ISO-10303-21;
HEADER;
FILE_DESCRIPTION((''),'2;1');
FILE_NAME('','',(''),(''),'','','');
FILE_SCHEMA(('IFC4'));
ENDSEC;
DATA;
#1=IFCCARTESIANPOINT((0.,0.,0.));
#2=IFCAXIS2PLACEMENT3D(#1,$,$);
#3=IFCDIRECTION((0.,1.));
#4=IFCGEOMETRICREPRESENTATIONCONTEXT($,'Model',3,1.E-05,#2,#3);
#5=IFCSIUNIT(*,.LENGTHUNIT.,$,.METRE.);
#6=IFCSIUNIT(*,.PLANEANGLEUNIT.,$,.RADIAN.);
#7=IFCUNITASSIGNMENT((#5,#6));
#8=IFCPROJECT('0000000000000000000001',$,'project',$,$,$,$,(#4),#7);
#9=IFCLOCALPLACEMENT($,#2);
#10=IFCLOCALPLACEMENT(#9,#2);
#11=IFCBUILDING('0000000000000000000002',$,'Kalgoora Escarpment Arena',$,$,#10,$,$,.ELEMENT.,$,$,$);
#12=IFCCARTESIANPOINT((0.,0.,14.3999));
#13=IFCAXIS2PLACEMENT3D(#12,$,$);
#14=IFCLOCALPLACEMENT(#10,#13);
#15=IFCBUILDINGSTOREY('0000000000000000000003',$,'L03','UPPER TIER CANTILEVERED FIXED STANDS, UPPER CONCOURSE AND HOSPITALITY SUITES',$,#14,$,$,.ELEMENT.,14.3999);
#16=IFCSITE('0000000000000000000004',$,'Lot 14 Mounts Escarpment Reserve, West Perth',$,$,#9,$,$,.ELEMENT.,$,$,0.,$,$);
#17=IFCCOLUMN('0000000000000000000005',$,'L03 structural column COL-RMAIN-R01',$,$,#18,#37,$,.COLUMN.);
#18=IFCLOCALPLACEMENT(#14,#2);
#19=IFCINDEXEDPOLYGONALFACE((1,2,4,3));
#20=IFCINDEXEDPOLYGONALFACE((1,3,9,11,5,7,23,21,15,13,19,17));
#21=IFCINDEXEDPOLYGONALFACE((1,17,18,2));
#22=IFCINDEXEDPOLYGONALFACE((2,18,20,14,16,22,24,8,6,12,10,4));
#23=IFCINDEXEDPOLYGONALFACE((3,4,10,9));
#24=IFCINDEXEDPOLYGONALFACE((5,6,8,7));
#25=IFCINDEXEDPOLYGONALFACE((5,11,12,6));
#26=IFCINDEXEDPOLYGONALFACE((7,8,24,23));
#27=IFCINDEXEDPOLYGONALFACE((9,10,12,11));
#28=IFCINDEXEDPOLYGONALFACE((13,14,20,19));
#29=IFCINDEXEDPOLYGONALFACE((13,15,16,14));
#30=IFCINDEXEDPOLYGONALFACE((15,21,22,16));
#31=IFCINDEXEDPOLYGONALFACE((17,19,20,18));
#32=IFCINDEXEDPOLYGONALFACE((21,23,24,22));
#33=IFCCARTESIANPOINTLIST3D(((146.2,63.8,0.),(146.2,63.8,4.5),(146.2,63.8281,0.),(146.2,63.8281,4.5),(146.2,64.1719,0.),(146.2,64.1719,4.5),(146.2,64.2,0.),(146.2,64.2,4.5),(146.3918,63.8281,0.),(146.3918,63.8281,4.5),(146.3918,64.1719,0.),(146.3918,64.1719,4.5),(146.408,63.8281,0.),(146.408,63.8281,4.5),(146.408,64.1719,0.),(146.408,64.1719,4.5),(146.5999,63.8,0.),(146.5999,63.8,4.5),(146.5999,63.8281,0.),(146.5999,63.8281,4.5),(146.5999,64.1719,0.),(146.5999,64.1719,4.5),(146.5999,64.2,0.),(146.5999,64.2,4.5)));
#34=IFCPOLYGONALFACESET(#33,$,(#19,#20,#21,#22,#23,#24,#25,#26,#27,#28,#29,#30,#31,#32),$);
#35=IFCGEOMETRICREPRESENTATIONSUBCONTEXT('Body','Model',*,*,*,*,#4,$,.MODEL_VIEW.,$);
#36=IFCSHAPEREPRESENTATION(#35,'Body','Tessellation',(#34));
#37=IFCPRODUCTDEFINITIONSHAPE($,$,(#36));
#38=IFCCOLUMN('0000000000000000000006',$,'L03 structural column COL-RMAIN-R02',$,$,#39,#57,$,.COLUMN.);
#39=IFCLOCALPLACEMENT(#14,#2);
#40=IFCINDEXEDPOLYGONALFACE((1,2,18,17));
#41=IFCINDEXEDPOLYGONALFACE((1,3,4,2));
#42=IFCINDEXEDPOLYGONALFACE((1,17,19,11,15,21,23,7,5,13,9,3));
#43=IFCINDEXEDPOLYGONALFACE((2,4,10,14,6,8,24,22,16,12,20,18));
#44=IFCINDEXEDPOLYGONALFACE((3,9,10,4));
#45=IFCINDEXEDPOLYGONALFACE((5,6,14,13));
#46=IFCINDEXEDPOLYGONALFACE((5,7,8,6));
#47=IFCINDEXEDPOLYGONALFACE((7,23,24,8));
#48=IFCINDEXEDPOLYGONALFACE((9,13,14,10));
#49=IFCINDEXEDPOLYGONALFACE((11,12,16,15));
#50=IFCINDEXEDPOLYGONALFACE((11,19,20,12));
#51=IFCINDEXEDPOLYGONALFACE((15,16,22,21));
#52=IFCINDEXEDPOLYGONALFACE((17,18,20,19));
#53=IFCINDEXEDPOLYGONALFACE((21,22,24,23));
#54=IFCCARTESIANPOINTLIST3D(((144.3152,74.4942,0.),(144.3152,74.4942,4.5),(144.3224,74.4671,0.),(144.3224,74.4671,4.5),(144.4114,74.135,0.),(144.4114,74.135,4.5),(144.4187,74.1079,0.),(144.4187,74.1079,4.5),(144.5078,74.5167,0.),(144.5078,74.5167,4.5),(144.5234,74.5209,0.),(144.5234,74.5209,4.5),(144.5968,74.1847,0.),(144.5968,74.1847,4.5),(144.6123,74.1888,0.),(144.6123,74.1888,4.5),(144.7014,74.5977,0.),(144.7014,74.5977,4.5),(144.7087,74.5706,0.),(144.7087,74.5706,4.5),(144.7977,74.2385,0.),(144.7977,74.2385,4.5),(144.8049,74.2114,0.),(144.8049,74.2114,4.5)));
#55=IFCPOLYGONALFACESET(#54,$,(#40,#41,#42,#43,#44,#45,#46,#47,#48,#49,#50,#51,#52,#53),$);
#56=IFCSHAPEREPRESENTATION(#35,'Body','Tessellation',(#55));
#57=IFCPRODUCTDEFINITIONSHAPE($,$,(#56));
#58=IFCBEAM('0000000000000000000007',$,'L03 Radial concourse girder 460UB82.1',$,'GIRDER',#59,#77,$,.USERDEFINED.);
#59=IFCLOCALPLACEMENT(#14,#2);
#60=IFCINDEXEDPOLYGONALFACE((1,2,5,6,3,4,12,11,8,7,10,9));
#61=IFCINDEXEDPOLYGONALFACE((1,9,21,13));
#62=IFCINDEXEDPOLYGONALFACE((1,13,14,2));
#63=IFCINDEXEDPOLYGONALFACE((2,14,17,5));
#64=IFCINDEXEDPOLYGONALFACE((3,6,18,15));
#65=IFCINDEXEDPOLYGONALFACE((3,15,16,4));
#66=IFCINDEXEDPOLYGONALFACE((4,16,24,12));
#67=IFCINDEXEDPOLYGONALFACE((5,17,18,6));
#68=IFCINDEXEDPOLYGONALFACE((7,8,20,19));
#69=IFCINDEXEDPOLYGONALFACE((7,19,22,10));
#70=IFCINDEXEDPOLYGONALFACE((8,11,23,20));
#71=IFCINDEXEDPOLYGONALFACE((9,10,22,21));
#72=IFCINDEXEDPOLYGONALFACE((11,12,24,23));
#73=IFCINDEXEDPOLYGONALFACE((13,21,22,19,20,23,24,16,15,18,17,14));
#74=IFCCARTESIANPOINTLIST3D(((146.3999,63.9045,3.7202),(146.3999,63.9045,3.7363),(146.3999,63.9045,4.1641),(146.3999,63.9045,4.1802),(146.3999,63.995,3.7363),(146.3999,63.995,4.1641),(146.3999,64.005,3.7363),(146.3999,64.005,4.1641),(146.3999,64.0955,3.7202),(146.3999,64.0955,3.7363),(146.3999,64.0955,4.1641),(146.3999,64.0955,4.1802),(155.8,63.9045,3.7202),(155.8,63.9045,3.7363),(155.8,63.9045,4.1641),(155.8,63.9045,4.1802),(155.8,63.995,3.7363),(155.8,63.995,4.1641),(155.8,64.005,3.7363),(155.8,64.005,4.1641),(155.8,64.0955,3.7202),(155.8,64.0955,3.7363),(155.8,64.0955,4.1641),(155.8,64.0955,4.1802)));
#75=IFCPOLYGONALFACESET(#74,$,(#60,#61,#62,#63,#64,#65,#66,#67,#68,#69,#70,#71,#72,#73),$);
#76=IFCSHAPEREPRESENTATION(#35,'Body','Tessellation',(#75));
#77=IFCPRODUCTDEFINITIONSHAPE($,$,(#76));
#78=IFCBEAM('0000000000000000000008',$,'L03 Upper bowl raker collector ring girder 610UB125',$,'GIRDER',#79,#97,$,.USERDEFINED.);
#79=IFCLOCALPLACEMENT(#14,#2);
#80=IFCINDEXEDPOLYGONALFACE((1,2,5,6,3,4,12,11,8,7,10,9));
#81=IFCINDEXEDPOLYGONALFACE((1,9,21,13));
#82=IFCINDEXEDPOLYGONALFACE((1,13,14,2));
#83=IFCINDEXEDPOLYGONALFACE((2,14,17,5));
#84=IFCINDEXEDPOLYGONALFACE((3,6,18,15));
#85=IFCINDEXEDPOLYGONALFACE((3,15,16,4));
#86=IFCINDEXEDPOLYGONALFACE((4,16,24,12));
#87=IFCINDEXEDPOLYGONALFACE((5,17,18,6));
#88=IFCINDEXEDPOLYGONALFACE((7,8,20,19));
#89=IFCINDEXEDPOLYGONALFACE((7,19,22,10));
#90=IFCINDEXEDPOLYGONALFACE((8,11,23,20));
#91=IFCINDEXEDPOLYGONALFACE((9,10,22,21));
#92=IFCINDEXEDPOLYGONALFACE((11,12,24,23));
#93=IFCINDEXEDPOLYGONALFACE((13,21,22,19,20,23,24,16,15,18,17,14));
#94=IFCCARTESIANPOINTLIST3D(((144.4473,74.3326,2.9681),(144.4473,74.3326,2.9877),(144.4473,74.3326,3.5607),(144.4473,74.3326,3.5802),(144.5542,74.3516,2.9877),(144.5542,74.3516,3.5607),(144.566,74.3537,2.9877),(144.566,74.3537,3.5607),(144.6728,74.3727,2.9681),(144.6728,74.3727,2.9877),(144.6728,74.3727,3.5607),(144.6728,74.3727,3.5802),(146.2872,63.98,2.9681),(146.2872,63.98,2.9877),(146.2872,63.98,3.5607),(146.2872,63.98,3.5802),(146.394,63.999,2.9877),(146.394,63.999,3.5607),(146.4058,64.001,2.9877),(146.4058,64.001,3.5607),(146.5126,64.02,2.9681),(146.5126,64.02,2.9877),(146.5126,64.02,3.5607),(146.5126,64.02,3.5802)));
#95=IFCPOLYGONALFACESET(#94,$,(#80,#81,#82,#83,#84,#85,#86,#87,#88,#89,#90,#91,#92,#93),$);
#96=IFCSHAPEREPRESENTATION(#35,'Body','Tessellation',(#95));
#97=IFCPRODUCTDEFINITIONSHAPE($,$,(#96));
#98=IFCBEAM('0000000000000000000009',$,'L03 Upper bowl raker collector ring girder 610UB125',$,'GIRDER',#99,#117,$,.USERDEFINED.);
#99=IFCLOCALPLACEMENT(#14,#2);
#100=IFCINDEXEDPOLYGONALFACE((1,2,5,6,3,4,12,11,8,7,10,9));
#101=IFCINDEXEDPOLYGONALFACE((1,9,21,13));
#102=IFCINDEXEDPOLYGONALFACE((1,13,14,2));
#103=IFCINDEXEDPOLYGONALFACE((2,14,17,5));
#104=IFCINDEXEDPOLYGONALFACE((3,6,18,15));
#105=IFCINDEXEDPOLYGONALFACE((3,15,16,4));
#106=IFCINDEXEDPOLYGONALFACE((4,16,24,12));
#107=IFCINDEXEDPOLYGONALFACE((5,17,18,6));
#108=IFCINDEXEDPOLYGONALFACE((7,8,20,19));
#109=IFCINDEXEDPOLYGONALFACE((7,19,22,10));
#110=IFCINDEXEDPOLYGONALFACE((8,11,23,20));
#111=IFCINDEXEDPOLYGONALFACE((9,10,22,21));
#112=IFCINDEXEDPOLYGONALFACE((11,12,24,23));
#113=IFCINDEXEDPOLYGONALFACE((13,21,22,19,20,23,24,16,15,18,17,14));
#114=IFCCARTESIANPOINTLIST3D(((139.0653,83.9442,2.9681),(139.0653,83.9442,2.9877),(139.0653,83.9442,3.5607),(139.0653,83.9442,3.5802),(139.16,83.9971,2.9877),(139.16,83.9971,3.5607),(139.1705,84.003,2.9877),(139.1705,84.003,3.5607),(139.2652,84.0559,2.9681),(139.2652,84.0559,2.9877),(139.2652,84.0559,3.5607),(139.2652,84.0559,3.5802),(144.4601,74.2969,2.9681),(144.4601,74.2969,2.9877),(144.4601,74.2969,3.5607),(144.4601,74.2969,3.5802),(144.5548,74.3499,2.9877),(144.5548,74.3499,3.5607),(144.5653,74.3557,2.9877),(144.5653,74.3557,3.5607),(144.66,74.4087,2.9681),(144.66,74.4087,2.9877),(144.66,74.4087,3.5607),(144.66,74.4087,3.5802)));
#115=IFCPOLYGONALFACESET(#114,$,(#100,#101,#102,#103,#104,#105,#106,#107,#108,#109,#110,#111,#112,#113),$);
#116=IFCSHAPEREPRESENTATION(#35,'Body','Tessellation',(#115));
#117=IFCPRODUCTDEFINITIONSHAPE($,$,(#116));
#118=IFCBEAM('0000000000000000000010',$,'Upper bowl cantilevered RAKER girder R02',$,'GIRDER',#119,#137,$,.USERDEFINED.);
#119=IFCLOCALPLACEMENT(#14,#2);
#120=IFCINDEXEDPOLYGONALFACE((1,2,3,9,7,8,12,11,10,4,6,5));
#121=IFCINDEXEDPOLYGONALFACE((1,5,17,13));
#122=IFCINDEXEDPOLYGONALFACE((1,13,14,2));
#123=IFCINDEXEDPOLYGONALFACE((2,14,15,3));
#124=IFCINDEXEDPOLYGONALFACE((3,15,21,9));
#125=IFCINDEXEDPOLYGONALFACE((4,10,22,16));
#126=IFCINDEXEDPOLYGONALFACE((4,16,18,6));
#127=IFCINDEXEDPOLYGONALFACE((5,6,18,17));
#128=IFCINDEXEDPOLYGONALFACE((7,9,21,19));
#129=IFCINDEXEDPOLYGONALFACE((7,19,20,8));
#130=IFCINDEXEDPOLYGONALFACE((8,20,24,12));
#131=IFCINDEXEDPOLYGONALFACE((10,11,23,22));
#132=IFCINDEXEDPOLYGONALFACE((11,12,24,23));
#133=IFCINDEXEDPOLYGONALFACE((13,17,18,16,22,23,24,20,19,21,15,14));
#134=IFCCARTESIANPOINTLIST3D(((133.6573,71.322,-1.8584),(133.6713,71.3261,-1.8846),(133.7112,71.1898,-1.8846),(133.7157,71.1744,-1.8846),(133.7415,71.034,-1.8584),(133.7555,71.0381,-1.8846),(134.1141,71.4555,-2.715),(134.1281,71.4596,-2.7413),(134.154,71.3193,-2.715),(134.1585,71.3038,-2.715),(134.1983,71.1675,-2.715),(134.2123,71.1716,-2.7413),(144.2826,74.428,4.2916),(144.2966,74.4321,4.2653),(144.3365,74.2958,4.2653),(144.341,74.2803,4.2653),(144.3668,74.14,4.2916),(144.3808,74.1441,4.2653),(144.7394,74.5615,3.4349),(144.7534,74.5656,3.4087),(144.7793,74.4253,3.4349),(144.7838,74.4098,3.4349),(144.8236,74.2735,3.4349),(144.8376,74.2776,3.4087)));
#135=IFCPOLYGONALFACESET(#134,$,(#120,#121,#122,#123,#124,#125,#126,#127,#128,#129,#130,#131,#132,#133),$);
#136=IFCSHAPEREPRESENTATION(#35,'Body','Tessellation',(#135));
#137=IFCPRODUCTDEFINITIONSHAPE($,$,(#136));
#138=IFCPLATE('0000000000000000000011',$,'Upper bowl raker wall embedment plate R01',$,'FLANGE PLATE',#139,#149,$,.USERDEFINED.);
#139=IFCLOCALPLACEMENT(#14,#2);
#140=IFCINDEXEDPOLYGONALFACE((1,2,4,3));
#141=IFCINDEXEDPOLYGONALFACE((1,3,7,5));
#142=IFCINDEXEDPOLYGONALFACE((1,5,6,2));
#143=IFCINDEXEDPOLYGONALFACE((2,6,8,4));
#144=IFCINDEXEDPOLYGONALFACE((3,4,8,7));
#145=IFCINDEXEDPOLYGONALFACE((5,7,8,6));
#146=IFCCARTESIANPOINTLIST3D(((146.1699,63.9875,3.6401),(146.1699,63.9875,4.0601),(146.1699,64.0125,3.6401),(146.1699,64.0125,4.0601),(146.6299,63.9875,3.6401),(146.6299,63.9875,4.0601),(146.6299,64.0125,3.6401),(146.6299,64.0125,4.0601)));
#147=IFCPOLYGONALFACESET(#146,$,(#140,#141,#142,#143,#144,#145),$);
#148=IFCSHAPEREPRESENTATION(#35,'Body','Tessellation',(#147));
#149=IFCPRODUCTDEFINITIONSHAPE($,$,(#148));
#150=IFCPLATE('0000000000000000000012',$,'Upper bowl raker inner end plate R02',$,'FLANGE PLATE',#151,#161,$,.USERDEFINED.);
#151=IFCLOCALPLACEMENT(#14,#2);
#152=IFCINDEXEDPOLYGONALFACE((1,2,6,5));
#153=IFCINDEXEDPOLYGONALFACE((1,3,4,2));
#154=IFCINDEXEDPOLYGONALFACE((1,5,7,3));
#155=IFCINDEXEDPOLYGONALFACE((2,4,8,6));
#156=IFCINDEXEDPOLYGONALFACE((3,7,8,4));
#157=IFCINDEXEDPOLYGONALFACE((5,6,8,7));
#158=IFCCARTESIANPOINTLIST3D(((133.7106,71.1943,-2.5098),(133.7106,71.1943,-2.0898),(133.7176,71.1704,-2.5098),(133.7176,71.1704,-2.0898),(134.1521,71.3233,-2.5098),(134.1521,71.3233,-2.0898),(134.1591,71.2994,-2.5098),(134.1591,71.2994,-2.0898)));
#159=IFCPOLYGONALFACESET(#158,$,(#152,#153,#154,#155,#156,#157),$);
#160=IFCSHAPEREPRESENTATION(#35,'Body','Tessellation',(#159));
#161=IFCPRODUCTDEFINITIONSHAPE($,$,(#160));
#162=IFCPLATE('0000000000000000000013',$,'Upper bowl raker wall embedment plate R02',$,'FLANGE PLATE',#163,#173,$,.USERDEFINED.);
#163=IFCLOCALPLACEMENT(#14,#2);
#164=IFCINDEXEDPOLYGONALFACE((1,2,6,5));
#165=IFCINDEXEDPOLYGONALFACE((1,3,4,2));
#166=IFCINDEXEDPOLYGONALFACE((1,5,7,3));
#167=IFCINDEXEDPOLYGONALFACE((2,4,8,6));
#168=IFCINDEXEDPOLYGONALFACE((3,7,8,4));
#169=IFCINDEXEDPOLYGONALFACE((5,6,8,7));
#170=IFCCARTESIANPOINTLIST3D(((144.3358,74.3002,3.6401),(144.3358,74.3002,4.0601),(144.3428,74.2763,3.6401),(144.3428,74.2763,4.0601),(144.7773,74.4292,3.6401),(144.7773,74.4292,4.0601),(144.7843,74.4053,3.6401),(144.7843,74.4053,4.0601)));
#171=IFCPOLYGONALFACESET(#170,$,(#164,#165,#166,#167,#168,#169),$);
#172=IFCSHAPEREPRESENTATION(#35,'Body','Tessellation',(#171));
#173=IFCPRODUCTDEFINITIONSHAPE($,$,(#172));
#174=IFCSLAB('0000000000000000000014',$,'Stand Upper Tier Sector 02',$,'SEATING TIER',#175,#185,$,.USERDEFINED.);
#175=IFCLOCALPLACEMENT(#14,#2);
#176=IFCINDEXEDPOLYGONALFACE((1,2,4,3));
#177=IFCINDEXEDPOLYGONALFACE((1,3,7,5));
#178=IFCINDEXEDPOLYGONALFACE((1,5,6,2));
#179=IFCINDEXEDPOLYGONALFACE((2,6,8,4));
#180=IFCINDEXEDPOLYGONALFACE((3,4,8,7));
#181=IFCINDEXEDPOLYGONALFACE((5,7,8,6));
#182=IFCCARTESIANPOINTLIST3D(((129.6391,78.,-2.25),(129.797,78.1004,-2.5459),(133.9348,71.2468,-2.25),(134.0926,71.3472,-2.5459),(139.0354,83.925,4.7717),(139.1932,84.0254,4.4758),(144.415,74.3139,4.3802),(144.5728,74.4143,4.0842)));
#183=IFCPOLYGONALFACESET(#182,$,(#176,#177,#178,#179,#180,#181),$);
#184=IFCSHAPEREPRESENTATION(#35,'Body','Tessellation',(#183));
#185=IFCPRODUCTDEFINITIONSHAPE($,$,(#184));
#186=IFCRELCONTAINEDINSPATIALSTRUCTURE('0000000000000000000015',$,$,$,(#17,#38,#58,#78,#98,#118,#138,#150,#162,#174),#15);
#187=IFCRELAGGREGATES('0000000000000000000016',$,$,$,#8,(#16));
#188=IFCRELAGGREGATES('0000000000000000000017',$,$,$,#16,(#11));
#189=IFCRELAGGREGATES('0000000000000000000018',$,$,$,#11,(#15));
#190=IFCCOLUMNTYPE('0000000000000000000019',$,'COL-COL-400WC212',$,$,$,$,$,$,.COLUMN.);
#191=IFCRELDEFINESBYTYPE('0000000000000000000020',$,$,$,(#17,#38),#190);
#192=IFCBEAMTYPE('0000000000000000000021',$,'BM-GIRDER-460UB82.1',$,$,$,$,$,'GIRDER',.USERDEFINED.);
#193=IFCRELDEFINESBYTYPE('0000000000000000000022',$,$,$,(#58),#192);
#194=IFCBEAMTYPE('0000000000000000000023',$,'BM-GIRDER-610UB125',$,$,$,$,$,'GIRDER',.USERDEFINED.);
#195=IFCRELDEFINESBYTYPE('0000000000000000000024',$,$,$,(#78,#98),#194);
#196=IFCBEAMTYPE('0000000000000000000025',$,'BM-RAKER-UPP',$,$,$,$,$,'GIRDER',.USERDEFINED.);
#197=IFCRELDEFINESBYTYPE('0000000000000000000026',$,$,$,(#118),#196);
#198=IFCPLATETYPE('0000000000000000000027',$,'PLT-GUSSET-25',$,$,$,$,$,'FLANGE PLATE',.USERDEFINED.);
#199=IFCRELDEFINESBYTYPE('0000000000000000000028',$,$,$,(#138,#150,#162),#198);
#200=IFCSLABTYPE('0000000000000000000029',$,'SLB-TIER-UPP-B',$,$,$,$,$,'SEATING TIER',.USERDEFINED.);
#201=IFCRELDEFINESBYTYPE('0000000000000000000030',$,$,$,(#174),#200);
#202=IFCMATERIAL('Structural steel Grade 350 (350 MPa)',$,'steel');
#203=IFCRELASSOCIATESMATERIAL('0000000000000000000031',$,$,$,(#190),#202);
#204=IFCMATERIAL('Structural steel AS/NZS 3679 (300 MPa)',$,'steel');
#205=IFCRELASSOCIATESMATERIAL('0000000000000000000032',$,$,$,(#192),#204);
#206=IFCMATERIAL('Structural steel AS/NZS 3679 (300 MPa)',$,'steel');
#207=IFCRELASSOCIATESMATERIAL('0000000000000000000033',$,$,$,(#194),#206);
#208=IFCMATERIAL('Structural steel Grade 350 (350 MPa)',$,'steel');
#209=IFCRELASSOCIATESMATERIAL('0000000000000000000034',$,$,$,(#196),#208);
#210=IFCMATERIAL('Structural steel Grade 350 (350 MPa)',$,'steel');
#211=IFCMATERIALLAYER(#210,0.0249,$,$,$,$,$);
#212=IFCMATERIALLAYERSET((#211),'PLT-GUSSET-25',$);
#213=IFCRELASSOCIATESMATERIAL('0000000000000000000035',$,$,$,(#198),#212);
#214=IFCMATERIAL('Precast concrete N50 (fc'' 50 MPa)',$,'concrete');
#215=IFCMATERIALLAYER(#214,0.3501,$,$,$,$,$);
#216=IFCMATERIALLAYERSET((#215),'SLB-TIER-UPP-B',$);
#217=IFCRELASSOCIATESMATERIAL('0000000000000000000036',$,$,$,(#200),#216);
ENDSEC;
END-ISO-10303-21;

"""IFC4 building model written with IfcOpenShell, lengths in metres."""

from ifc_helpers import new_model, si_unit, direction, frame, origin, origin_2d, place, context, subcontext, project, spatial, polyline, rectangle, i_section, outline, extrude, material, layer, layer_set, material_profile, profile_set, type_object, element, save


model = new_model("IFC4")

# Units and contexts
model_context = context("Model", 3, precision=1e-05, world=origin(), true_north=direction((0.0, 1.0)))
body_context = subcontext(model_context, "Body", "Model", "MODEL_VIEW")
ifc_project = project(units=[si_unit("LENGTHUNIT", "METRE"), si_unit("PLANEANGLEUNIT", "RADIAN")], contexts=[model_context])

# Site, building, storey
site_placement = place(None, origin())
site = spatial("IfcSite", under=ifc_project, at=site_placement, Name="Lot 14 Mounts Escarpment Reserve, West Perth", CompositionType="ELEMENT", RefElevation=0.0)
building_placement = place(site_placement, origin())
building = spatial("IfcBuilding", under=site, at=building_placement, Name="Kalgoora Escarpment Arena", CompositionType="ELEMENT")
storey_placement = place(building_placement, frame((0.0, 0.0, 14.3999)))
storey = spatial("IfcBuildingStorey", under=building, at=storey_placement, Name="L03", Description="UPPER TIER CANTILEVERED FIXED STANDS, UPPER CONCOURSE AND HOSPITALITY SUITES", CompositionType="ELEMENT", Elevation=14.3999)

# Columns
ifc_material_1 = material(Name="Structural steel Grade 350 (350 MPa)", Category="steel")
ifc_material_profile_1 = material_profile(ifc_material_1, i_section(OverallWidth=0.3999, OverallDepth=0.3999, WebThickness=0.0161, FlangeThickness=0.0281, at=origin_2d()))
ifc_profile_set_1 = profile_set([ifc_material_profile_1], Name="Structural steel Grade 350 (350 MPa)")
column_type = type_object("IfcColumnType", Name="COL-COL-400WC212", PredefinedType="COLUMN", material=ifc_profile_set_1)
for number, where, z_axis, x_axis, name in (
    (1, (146.3999, 64.0, 0.0), (0.0, 0.0, 1.0), (1.0, 0.0, 0.0), "L03 structural column COL-RMAIN-R01"),
    (2, (144.5601, 74.3528, 0.0), (0.0, 0.0, 1.0), (0.965926, 0.258819, 0.0), "L03 structural column COL-RMAIN-R02"),
):
    element("IfcColumn", number, at=place(storey_placement, frame(where, z_axis=z_axis, x_axis=x_axis)), inside=storey, type_object=column_type, Name=name, PredefinedType="COLUMN", context=body_context, shape_type="SweptSolid", body=[
        extrude(i_section(OverallWidth=0.3999, OverallDepth=0.3999, WebThickness=0.0161, FlangeThickness=0.0281, at=origin_2d()), origin(), (0.0, 0.0, 1.0), 4.5),
    ])

# Beams
ifc_material_2 = material(Name="Structural steel AS/NZS 3679 (300 MPa)", Category="steel")
ifc_material_profile_2 = material_profile(ifc_material_2, i_section(OverallWidth=0.1909, OverallDepth=0.46, WebThickness=0.01, FlangeThickness=0.0161, at=origin_2d()))
ifc_profile_set_2 = profile_set([ifc_material_profile_2], Name="Structural steel AS/NZS 3679 (300 MPa)")
beam_type_1 = type_object("IfcBeamType", Name="BM-GIRDER-460UB82.1", ElementType="GIRDER", PredefinedType="USERDEFINED", material=ifc_profile_set_2)
beam_1_placement = place(storey_placement, frame((146.3999, 64.0, 3.9502), z_axis=(1.0, 0.0, 0.0), x_axis=(0.0, 1.0, 0.0)))
element("IfcBeam", 3, at=beam_1_placement, inside=storey, type_object=beam_type_1, Name="L03 Radial concourse girder 460UB82.1", ObjectType="GIRDER", PredefinedType="USERDEFINED", context=body_context, shape_type="SweptSolid", body=[
    extrude(i_section(OverallWidth=0.1909, OverallDepth=0.46, WebThickness=0.01, FlangeThickness=0.0161, at=origin_2d()), origin(), (0.0, 0.0, 1.0), 9.4001),
])
ifc_material_3 = material(Name="Structural steel AS/NZS 3679 (300 MPa)", Category="steel")
ifc_material_profile_3 = material_profile(ifc_material_3, i_section(OverallWidth=0.229, OverallDepth=0.6121, WebThickness=0.012, FlangeThickness=0.0195, at=origin_2d()))
ifc_profile_set_3 = profile_set([ifc_material_profile_3], Name="Structural steel AS/NZS 3679 (300 MPa)")
beam_type_2 = type_object("IfcBeamType", Name="BM-GIRDER-610UB125", ElementType="GIRDER", PredefinedType="USERDEFINED", material=ifc_profile_set_3)
beam_2_placement = place(storey_placement, frame((146.3999, 64.0, 3.2742), z_axis=(-0.174973, 0.984573, 0.0), x_axis=(-0.984573, -0.174973, 0.0)))
element("IfcBeam", 4, at=beam_2_placement, inside=storey, type_object=beam_type_2, Name="L03 Upper bowl raker collector ring girder 610UB125", ObjectType="GIRDER", PredefinedType="USERDEFINED", context=body_context, shape_type="SweptSolid", body=[
    extrude(i_section(OverallWidth=0.229, OverallDepth=0.6121, WebThickness=0.012, FlangeThickness=0.0195, at=origin_2d()), origin(), (0.0, 0.0, 1.0), 10.5149),
])
beam_3_placement = place(storey_placement, frame((144.5601, 74.3528, 3.2742), z_axis=(-0.488075, 0.872802, 0.0), x_axis=(-0.872802, -0.488075, 0.0)))
element("IfcBeam", 5, at=beam_3_placement, inside=storey, type_object=beam_type_2, Name="L03 Upper bowl raker collector ring girder 610UB125", ObjectType="GIRDER", PredefinedType="USERDEFINED", context=body_context, shape_type="SweptSolid", body=[
    extrude(i_section(OverallWidth=0.229, OverallDepth=0.6121, WebThickness=0.012, FlangeThickness=0.0195, at=origin_2d()), origin(), (0.0, 0.0, 1.0), 11.0532),
])
ifc_material_4 = material(Name="Structural steel Grade 350 (350 MPa)", Category="steel")
ifc_material_profile_4 = material_profile(ifc_material_4, i_section(OverallWidth=0.3, OverallDepth=1.01, WebThickness=0.0161, FlangeThickness=0.03, at=origin_2d()))
ifc_profile_set_4 = profile_set([ifc_material_profile_4], Name="Structural steel Grade 350 (350 MPa)")
beam_type_3 = type_object("IfcBeamType", Name="BM-RAKER-UPP", ElementType="GIRDER", PredefinedType="USERDEFINED", material=ifc_profile_set_4)
beam_4_placement = place(storey_placement, frame((133.9348, 71.2468, -2.2998), z_axis=(0.839045, 0.245269, 0.48564), x_axis=(-0.280577, 0.959832, 0.0)))
element("IfcBeam", 6, at=beam_4_placement, inside=storey, type_object=beam_type_3, Name="Upper bowl cantilevered RAKER girder R02", ObjectType="GIRDER", PredefinedType="USERDEFINED", context=body_context, shape_type="SweptSolid", body=[
    extrude(i_section(OverallWidth=0.3, OverallDepth=1.01, WebThickness=0.0161, FlangeThickness=0.03, at=origin_2d()), origin(), (0.0, 0.0, 1.0), 12.6636),
])

# Plates
ifc_material_5 = material(Name="Structural steel Grade 350 (350 MPa)", Category="steel")
ifc_layer_1 = layer(ifc_material_5, 0.0249)
ifc_layer_set_1 = layer_set([ifc_layer_1], Name="PLT-GUSSET-25")
plate_type = type_object("IfcPlateType", Name="PLT-GUSSET-25", ElementType="FLANGE PLATE", PredefinedType="USERDEFINED", material=ifc_layer_set_1)
for number, where, z_axis, x_axis, name in (
    (7, (146.3999, 64.0, 3.6401), (0.0, 0.0, 1.0), (1.0, 0.0, 0.0), "Upper bowl raker wall embedment plate R01"),
    (8, (133.9348, 71.2468, -2.5098), (0.0, 0.0, 1.0), (0.959854, 0.280499, 0.0), "Upper bowl raker inner end plate R02"),
    (9, (144.5601, 74.3528, 3.6401), (0.0, 0.0, 1.0), (0.959854, 0.280499, 0.0), "Upper bowl raker wall embedment plate R02"),
):
    element("IfcPlate", number, at=place(storey_placement, frame(where, z_axis=z_axis, x_axis=x_axis)), inside=storey, type_object=plate_type, Name=name, ObjectType="FLANGE PLATE", PredefinedType="USERDEFINED", context=body_context, shape_type="SweptSolid", body=[
        extrude(rectangle(XDim=0.46, YDim=0.0249, at=origin_2d()), origin(), (0.0, 0.0, 1.0), 0.4199),
    ])

# Slab
ifc_material_6 = material(Name="Precast concrete N50 (fc' 50 MPa)", Category="concrete")
ifc_layer_2 = layer(ifc_material_6, 0.3501)
ifc_layer_set_2 = layer_set([ifc_layer_2], Name="SLB-TIER-UPP-B")
slab_type = type_object("IfcSlabType", Name="SLB-TIER-UPP-B", ElementType="SEATING TIER", PredefinedType="USERDEFINED", material=ifc_layer_set_2)
slab_placement = place(storey_placement, frame((133.9348, 71.2468, -2.25), z_axis=(-0.450832, -0.28678, 0.845286), x_axis=(-0.536717, 0.843762, 0.000006)))
element("IfcSlab", 10, at=slab_placement, inside=storey, type_object=slab_type, Name="Stand Upper Tier Sector 02", ObjectType="SEATING TIER", PredefinedType="USERDEFINED", context=body_context, shape_type="SweptSolid", body=[
    extrude(outline(polyline([(0.0, 0.0), (8.0036, 0.0), (7.9599, -13.1415), (-3.0369, -12.4088), (0.0, 0.0)])), origin(), (0.0, 0.0, -1.0), 0.3501),
])

save(model, "model.ifc")
